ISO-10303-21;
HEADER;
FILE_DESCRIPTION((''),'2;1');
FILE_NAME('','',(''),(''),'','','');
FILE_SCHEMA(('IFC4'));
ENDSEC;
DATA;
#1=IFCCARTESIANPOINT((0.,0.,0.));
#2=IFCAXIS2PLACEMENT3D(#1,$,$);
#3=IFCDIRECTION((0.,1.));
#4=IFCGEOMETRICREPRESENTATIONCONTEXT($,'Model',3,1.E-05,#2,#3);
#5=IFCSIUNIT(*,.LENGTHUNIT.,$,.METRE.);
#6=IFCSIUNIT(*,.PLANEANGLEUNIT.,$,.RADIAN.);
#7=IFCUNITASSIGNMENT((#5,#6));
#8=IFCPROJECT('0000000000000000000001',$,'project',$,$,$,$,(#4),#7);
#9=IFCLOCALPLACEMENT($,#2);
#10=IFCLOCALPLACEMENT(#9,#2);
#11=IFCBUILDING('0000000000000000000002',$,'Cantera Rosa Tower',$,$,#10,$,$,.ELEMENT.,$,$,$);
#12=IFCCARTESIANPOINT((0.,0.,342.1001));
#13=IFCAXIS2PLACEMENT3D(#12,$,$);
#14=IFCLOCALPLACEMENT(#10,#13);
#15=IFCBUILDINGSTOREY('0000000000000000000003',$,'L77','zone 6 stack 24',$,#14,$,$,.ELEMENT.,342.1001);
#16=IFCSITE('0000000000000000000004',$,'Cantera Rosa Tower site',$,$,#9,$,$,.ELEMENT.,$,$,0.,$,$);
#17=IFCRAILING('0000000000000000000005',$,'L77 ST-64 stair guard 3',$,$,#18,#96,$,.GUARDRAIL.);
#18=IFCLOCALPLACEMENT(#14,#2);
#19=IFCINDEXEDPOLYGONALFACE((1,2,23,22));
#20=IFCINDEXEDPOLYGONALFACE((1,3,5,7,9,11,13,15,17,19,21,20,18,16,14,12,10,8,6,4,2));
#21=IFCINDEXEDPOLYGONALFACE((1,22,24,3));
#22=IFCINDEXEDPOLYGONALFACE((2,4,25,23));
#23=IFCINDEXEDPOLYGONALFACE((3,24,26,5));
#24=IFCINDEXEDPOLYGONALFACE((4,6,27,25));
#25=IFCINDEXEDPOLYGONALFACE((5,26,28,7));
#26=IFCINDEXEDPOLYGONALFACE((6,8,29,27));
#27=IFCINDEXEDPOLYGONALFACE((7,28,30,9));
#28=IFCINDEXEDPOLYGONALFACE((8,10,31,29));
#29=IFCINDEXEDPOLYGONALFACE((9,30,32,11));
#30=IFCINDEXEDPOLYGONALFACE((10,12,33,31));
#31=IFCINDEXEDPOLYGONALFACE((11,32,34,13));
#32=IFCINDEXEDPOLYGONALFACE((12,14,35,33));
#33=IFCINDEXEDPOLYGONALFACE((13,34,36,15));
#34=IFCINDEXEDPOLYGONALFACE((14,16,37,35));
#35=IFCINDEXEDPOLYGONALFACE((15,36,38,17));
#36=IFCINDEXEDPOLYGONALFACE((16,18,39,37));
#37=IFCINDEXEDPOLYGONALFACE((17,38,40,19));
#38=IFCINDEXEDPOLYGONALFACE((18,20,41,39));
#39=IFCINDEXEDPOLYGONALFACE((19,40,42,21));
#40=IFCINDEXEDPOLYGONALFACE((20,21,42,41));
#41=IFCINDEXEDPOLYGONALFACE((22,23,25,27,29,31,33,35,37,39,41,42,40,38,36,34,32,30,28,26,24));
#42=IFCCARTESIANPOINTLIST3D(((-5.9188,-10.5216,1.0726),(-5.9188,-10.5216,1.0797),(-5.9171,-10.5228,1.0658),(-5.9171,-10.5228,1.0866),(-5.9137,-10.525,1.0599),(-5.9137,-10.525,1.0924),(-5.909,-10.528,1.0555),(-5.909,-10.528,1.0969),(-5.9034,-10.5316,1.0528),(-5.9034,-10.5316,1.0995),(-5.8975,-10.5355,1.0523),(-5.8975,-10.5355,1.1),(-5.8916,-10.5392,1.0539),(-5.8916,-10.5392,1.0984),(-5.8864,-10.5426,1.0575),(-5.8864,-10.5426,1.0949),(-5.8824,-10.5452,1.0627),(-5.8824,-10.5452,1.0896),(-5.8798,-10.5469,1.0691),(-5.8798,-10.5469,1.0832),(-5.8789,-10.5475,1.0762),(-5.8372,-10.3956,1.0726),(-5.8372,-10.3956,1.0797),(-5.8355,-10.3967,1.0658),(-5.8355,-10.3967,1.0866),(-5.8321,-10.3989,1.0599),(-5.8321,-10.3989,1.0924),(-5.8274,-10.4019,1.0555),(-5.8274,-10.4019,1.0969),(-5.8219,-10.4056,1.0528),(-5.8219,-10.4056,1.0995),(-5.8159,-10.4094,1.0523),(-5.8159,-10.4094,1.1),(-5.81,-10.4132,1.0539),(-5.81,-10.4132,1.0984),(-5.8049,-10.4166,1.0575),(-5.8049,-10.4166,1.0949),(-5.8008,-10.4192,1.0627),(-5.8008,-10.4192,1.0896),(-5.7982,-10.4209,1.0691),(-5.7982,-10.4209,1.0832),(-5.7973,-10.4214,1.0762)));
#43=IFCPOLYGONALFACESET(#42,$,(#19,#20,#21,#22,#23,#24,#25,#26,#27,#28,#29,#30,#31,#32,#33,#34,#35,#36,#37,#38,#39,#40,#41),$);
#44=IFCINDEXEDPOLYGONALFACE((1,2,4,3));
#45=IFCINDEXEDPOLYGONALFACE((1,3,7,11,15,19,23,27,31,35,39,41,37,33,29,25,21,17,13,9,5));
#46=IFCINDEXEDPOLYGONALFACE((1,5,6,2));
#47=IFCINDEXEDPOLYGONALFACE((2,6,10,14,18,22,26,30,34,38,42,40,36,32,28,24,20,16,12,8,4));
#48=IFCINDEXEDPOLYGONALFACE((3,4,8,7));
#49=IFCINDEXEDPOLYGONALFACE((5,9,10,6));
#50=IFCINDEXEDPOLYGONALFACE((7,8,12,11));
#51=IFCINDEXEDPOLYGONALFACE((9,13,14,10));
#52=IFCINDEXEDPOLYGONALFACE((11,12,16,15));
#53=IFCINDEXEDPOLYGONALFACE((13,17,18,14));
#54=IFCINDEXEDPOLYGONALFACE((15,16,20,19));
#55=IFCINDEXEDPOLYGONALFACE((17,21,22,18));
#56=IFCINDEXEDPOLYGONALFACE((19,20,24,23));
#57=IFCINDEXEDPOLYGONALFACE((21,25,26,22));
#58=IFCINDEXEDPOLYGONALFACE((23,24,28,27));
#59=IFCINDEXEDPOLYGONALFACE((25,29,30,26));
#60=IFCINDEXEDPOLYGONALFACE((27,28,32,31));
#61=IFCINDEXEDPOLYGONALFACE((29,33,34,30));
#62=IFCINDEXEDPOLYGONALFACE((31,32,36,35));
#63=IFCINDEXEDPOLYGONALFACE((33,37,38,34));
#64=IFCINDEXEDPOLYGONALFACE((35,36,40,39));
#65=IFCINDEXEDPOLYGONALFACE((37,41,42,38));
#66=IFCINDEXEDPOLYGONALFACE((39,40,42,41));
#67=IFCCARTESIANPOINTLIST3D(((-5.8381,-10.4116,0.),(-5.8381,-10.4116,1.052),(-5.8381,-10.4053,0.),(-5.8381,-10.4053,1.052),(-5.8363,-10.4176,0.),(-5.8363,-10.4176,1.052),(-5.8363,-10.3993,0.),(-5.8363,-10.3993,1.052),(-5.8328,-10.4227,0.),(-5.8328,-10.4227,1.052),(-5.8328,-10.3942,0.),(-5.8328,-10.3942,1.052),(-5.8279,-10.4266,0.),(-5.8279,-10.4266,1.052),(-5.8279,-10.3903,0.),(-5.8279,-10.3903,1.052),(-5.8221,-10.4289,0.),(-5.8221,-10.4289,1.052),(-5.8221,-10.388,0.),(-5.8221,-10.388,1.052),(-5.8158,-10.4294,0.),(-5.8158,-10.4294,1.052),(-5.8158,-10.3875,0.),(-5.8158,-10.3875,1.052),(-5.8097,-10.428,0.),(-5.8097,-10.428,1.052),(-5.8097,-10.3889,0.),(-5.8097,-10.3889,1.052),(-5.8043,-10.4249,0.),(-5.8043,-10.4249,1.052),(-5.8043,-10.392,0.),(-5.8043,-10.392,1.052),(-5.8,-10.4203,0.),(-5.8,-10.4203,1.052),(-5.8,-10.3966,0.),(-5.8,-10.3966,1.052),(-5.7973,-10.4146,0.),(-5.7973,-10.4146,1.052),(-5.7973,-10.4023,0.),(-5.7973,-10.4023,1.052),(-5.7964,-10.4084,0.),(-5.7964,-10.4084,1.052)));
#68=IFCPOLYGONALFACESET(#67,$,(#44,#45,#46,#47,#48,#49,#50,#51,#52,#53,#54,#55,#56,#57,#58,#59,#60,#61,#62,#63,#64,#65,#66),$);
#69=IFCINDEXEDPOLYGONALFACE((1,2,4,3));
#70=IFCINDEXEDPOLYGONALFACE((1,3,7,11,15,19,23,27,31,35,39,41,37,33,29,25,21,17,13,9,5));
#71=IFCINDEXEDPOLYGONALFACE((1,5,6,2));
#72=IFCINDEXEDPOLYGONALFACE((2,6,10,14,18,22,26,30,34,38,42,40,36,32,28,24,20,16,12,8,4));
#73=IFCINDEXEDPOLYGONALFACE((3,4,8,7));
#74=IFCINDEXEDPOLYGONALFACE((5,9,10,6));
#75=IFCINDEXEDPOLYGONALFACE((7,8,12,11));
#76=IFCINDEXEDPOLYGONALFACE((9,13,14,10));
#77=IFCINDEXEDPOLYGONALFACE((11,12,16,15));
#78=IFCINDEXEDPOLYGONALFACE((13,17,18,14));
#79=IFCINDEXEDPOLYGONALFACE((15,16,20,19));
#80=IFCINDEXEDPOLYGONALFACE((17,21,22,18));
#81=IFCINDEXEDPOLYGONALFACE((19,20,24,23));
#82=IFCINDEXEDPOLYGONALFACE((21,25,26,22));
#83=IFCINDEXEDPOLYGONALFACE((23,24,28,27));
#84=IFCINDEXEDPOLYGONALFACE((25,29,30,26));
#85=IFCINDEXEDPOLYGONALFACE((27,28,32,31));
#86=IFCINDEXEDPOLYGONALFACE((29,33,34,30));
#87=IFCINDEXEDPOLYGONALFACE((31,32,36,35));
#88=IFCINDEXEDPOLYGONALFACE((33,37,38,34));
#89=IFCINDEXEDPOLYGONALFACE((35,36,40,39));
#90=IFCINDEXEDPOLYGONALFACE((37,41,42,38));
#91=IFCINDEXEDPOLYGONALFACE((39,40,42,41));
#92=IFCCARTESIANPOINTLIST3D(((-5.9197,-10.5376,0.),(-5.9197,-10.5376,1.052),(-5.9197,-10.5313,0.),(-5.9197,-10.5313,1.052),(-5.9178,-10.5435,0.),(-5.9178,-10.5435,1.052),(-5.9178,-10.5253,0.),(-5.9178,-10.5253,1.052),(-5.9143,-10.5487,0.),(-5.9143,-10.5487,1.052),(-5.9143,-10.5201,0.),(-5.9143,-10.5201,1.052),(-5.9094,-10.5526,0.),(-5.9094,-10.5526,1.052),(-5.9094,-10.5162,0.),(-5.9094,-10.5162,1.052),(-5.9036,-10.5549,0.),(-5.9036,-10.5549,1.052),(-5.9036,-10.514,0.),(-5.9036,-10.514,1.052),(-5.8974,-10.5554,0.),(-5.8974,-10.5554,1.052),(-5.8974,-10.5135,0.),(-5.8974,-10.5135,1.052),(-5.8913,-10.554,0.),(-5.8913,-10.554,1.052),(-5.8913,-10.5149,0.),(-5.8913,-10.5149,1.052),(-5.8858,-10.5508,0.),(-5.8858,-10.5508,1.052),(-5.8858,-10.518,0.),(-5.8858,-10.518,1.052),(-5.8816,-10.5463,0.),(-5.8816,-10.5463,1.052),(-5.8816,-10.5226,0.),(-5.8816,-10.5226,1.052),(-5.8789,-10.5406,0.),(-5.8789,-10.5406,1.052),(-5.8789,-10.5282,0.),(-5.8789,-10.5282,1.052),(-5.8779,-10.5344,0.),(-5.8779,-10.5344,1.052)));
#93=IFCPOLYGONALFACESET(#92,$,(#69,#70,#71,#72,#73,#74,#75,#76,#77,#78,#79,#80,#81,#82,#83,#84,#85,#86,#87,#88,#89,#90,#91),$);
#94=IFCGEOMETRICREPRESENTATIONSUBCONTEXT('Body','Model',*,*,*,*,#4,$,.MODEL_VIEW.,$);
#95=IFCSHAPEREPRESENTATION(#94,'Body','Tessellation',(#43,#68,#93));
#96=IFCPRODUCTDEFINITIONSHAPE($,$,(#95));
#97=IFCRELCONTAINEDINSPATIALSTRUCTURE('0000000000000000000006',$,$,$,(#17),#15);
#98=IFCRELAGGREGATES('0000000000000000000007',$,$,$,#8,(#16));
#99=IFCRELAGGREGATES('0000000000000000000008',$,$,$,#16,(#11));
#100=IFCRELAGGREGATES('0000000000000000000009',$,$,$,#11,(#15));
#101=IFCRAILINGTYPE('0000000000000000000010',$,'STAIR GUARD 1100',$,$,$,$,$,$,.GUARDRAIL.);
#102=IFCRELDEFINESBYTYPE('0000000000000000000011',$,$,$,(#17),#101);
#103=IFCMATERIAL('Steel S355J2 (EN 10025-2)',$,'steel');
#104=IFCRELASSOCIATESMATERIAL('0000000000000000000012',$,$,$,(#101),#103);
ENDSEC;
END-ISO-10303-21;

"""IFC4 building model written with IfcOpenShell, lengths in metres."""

from ifc_helpers import new_model, si_unit, direction, frame, origin, origin_2d, place, context, subcontext, project, spatial, circle, extrude, material, type_object, element, save


model = new_model("IFC4")

# Units and contexts
model_context = context("Model", 3, precision=1e-05, world=origin(), true_north=direction((0.0, 1.0)))
body_context = subcontext(model_context, "Body", "Model", "MODEL_VIEW")
ifc_project = project(units=[si_unit("LENGTHUNIT", "METRE"), si_unit("PLANEANGLEUNIT", "RADIAN")], contexts=[model_context])

# Site, building, storey
site_placement = place(None, origin())
site = spatial("IfcSite", under=ifc_project, at=site_placement, Name="Cantera Rosa Tower site", CompositionType="ELEMENT", RefElevation=0.0)
building_placement = place(site_placement, origin())
building = spatial("IfcBuilding", under=site, at=building_placement, Name="Cantera Rosa Tower", CompositionType="ELEMENT")
storey_placement = place(building_placement, frame((0.0, 0.0, 342.1001)))
storey = spatial("IfcBuildingStorey", under=building, at=storey_placement, Name="L77", Description="zone 6 stack 24", CompositionType="ELEMENT", Elevation=342.1001)

# Railing
ifc_material_1 = material(Name="Steel S355J2 (EN 10025-2)", Category="steel")
railing_type_1 = type_object("IfcRailingType", Name="STAIR GUARD 1100", PredefinedType="GUARDRAIL", material=ifc_material_1)
railing_1_placement = place(storey_placement, frame((-5.8174, -10.4084, 0.0)))
element("IfcRailing", 1, at=railing_1_placement, inside=storey, type_object=railing_type_1, Name="L77 ST-64 stair guard 3", PredefinedType="GUARDRAIL", context=body_context, shape_type="SweptSolid", body=[
    extrude(circle(Radius=0.0239, at=origin_2d()), frame((0.0, 0.0, 1.0762), z_axis=(-0.543386, -0.839483, 0.0), x_axis=(0.839483, -0.543386, 0.0)), (0.0, 0.0, 1.0), 0.1501),
    extrude(circle(Radius=0.021, at=origin_2d()), origin(), (0.0, 0.0, 1.0), 1.052),
    extrude(circle(Radius=0.021, at=origin_2d()), frame((-0.0815, -0.126, 0.0)), (0.0, 0.0, 1.0), 1.052),
])

save(model, "model.ifc")
